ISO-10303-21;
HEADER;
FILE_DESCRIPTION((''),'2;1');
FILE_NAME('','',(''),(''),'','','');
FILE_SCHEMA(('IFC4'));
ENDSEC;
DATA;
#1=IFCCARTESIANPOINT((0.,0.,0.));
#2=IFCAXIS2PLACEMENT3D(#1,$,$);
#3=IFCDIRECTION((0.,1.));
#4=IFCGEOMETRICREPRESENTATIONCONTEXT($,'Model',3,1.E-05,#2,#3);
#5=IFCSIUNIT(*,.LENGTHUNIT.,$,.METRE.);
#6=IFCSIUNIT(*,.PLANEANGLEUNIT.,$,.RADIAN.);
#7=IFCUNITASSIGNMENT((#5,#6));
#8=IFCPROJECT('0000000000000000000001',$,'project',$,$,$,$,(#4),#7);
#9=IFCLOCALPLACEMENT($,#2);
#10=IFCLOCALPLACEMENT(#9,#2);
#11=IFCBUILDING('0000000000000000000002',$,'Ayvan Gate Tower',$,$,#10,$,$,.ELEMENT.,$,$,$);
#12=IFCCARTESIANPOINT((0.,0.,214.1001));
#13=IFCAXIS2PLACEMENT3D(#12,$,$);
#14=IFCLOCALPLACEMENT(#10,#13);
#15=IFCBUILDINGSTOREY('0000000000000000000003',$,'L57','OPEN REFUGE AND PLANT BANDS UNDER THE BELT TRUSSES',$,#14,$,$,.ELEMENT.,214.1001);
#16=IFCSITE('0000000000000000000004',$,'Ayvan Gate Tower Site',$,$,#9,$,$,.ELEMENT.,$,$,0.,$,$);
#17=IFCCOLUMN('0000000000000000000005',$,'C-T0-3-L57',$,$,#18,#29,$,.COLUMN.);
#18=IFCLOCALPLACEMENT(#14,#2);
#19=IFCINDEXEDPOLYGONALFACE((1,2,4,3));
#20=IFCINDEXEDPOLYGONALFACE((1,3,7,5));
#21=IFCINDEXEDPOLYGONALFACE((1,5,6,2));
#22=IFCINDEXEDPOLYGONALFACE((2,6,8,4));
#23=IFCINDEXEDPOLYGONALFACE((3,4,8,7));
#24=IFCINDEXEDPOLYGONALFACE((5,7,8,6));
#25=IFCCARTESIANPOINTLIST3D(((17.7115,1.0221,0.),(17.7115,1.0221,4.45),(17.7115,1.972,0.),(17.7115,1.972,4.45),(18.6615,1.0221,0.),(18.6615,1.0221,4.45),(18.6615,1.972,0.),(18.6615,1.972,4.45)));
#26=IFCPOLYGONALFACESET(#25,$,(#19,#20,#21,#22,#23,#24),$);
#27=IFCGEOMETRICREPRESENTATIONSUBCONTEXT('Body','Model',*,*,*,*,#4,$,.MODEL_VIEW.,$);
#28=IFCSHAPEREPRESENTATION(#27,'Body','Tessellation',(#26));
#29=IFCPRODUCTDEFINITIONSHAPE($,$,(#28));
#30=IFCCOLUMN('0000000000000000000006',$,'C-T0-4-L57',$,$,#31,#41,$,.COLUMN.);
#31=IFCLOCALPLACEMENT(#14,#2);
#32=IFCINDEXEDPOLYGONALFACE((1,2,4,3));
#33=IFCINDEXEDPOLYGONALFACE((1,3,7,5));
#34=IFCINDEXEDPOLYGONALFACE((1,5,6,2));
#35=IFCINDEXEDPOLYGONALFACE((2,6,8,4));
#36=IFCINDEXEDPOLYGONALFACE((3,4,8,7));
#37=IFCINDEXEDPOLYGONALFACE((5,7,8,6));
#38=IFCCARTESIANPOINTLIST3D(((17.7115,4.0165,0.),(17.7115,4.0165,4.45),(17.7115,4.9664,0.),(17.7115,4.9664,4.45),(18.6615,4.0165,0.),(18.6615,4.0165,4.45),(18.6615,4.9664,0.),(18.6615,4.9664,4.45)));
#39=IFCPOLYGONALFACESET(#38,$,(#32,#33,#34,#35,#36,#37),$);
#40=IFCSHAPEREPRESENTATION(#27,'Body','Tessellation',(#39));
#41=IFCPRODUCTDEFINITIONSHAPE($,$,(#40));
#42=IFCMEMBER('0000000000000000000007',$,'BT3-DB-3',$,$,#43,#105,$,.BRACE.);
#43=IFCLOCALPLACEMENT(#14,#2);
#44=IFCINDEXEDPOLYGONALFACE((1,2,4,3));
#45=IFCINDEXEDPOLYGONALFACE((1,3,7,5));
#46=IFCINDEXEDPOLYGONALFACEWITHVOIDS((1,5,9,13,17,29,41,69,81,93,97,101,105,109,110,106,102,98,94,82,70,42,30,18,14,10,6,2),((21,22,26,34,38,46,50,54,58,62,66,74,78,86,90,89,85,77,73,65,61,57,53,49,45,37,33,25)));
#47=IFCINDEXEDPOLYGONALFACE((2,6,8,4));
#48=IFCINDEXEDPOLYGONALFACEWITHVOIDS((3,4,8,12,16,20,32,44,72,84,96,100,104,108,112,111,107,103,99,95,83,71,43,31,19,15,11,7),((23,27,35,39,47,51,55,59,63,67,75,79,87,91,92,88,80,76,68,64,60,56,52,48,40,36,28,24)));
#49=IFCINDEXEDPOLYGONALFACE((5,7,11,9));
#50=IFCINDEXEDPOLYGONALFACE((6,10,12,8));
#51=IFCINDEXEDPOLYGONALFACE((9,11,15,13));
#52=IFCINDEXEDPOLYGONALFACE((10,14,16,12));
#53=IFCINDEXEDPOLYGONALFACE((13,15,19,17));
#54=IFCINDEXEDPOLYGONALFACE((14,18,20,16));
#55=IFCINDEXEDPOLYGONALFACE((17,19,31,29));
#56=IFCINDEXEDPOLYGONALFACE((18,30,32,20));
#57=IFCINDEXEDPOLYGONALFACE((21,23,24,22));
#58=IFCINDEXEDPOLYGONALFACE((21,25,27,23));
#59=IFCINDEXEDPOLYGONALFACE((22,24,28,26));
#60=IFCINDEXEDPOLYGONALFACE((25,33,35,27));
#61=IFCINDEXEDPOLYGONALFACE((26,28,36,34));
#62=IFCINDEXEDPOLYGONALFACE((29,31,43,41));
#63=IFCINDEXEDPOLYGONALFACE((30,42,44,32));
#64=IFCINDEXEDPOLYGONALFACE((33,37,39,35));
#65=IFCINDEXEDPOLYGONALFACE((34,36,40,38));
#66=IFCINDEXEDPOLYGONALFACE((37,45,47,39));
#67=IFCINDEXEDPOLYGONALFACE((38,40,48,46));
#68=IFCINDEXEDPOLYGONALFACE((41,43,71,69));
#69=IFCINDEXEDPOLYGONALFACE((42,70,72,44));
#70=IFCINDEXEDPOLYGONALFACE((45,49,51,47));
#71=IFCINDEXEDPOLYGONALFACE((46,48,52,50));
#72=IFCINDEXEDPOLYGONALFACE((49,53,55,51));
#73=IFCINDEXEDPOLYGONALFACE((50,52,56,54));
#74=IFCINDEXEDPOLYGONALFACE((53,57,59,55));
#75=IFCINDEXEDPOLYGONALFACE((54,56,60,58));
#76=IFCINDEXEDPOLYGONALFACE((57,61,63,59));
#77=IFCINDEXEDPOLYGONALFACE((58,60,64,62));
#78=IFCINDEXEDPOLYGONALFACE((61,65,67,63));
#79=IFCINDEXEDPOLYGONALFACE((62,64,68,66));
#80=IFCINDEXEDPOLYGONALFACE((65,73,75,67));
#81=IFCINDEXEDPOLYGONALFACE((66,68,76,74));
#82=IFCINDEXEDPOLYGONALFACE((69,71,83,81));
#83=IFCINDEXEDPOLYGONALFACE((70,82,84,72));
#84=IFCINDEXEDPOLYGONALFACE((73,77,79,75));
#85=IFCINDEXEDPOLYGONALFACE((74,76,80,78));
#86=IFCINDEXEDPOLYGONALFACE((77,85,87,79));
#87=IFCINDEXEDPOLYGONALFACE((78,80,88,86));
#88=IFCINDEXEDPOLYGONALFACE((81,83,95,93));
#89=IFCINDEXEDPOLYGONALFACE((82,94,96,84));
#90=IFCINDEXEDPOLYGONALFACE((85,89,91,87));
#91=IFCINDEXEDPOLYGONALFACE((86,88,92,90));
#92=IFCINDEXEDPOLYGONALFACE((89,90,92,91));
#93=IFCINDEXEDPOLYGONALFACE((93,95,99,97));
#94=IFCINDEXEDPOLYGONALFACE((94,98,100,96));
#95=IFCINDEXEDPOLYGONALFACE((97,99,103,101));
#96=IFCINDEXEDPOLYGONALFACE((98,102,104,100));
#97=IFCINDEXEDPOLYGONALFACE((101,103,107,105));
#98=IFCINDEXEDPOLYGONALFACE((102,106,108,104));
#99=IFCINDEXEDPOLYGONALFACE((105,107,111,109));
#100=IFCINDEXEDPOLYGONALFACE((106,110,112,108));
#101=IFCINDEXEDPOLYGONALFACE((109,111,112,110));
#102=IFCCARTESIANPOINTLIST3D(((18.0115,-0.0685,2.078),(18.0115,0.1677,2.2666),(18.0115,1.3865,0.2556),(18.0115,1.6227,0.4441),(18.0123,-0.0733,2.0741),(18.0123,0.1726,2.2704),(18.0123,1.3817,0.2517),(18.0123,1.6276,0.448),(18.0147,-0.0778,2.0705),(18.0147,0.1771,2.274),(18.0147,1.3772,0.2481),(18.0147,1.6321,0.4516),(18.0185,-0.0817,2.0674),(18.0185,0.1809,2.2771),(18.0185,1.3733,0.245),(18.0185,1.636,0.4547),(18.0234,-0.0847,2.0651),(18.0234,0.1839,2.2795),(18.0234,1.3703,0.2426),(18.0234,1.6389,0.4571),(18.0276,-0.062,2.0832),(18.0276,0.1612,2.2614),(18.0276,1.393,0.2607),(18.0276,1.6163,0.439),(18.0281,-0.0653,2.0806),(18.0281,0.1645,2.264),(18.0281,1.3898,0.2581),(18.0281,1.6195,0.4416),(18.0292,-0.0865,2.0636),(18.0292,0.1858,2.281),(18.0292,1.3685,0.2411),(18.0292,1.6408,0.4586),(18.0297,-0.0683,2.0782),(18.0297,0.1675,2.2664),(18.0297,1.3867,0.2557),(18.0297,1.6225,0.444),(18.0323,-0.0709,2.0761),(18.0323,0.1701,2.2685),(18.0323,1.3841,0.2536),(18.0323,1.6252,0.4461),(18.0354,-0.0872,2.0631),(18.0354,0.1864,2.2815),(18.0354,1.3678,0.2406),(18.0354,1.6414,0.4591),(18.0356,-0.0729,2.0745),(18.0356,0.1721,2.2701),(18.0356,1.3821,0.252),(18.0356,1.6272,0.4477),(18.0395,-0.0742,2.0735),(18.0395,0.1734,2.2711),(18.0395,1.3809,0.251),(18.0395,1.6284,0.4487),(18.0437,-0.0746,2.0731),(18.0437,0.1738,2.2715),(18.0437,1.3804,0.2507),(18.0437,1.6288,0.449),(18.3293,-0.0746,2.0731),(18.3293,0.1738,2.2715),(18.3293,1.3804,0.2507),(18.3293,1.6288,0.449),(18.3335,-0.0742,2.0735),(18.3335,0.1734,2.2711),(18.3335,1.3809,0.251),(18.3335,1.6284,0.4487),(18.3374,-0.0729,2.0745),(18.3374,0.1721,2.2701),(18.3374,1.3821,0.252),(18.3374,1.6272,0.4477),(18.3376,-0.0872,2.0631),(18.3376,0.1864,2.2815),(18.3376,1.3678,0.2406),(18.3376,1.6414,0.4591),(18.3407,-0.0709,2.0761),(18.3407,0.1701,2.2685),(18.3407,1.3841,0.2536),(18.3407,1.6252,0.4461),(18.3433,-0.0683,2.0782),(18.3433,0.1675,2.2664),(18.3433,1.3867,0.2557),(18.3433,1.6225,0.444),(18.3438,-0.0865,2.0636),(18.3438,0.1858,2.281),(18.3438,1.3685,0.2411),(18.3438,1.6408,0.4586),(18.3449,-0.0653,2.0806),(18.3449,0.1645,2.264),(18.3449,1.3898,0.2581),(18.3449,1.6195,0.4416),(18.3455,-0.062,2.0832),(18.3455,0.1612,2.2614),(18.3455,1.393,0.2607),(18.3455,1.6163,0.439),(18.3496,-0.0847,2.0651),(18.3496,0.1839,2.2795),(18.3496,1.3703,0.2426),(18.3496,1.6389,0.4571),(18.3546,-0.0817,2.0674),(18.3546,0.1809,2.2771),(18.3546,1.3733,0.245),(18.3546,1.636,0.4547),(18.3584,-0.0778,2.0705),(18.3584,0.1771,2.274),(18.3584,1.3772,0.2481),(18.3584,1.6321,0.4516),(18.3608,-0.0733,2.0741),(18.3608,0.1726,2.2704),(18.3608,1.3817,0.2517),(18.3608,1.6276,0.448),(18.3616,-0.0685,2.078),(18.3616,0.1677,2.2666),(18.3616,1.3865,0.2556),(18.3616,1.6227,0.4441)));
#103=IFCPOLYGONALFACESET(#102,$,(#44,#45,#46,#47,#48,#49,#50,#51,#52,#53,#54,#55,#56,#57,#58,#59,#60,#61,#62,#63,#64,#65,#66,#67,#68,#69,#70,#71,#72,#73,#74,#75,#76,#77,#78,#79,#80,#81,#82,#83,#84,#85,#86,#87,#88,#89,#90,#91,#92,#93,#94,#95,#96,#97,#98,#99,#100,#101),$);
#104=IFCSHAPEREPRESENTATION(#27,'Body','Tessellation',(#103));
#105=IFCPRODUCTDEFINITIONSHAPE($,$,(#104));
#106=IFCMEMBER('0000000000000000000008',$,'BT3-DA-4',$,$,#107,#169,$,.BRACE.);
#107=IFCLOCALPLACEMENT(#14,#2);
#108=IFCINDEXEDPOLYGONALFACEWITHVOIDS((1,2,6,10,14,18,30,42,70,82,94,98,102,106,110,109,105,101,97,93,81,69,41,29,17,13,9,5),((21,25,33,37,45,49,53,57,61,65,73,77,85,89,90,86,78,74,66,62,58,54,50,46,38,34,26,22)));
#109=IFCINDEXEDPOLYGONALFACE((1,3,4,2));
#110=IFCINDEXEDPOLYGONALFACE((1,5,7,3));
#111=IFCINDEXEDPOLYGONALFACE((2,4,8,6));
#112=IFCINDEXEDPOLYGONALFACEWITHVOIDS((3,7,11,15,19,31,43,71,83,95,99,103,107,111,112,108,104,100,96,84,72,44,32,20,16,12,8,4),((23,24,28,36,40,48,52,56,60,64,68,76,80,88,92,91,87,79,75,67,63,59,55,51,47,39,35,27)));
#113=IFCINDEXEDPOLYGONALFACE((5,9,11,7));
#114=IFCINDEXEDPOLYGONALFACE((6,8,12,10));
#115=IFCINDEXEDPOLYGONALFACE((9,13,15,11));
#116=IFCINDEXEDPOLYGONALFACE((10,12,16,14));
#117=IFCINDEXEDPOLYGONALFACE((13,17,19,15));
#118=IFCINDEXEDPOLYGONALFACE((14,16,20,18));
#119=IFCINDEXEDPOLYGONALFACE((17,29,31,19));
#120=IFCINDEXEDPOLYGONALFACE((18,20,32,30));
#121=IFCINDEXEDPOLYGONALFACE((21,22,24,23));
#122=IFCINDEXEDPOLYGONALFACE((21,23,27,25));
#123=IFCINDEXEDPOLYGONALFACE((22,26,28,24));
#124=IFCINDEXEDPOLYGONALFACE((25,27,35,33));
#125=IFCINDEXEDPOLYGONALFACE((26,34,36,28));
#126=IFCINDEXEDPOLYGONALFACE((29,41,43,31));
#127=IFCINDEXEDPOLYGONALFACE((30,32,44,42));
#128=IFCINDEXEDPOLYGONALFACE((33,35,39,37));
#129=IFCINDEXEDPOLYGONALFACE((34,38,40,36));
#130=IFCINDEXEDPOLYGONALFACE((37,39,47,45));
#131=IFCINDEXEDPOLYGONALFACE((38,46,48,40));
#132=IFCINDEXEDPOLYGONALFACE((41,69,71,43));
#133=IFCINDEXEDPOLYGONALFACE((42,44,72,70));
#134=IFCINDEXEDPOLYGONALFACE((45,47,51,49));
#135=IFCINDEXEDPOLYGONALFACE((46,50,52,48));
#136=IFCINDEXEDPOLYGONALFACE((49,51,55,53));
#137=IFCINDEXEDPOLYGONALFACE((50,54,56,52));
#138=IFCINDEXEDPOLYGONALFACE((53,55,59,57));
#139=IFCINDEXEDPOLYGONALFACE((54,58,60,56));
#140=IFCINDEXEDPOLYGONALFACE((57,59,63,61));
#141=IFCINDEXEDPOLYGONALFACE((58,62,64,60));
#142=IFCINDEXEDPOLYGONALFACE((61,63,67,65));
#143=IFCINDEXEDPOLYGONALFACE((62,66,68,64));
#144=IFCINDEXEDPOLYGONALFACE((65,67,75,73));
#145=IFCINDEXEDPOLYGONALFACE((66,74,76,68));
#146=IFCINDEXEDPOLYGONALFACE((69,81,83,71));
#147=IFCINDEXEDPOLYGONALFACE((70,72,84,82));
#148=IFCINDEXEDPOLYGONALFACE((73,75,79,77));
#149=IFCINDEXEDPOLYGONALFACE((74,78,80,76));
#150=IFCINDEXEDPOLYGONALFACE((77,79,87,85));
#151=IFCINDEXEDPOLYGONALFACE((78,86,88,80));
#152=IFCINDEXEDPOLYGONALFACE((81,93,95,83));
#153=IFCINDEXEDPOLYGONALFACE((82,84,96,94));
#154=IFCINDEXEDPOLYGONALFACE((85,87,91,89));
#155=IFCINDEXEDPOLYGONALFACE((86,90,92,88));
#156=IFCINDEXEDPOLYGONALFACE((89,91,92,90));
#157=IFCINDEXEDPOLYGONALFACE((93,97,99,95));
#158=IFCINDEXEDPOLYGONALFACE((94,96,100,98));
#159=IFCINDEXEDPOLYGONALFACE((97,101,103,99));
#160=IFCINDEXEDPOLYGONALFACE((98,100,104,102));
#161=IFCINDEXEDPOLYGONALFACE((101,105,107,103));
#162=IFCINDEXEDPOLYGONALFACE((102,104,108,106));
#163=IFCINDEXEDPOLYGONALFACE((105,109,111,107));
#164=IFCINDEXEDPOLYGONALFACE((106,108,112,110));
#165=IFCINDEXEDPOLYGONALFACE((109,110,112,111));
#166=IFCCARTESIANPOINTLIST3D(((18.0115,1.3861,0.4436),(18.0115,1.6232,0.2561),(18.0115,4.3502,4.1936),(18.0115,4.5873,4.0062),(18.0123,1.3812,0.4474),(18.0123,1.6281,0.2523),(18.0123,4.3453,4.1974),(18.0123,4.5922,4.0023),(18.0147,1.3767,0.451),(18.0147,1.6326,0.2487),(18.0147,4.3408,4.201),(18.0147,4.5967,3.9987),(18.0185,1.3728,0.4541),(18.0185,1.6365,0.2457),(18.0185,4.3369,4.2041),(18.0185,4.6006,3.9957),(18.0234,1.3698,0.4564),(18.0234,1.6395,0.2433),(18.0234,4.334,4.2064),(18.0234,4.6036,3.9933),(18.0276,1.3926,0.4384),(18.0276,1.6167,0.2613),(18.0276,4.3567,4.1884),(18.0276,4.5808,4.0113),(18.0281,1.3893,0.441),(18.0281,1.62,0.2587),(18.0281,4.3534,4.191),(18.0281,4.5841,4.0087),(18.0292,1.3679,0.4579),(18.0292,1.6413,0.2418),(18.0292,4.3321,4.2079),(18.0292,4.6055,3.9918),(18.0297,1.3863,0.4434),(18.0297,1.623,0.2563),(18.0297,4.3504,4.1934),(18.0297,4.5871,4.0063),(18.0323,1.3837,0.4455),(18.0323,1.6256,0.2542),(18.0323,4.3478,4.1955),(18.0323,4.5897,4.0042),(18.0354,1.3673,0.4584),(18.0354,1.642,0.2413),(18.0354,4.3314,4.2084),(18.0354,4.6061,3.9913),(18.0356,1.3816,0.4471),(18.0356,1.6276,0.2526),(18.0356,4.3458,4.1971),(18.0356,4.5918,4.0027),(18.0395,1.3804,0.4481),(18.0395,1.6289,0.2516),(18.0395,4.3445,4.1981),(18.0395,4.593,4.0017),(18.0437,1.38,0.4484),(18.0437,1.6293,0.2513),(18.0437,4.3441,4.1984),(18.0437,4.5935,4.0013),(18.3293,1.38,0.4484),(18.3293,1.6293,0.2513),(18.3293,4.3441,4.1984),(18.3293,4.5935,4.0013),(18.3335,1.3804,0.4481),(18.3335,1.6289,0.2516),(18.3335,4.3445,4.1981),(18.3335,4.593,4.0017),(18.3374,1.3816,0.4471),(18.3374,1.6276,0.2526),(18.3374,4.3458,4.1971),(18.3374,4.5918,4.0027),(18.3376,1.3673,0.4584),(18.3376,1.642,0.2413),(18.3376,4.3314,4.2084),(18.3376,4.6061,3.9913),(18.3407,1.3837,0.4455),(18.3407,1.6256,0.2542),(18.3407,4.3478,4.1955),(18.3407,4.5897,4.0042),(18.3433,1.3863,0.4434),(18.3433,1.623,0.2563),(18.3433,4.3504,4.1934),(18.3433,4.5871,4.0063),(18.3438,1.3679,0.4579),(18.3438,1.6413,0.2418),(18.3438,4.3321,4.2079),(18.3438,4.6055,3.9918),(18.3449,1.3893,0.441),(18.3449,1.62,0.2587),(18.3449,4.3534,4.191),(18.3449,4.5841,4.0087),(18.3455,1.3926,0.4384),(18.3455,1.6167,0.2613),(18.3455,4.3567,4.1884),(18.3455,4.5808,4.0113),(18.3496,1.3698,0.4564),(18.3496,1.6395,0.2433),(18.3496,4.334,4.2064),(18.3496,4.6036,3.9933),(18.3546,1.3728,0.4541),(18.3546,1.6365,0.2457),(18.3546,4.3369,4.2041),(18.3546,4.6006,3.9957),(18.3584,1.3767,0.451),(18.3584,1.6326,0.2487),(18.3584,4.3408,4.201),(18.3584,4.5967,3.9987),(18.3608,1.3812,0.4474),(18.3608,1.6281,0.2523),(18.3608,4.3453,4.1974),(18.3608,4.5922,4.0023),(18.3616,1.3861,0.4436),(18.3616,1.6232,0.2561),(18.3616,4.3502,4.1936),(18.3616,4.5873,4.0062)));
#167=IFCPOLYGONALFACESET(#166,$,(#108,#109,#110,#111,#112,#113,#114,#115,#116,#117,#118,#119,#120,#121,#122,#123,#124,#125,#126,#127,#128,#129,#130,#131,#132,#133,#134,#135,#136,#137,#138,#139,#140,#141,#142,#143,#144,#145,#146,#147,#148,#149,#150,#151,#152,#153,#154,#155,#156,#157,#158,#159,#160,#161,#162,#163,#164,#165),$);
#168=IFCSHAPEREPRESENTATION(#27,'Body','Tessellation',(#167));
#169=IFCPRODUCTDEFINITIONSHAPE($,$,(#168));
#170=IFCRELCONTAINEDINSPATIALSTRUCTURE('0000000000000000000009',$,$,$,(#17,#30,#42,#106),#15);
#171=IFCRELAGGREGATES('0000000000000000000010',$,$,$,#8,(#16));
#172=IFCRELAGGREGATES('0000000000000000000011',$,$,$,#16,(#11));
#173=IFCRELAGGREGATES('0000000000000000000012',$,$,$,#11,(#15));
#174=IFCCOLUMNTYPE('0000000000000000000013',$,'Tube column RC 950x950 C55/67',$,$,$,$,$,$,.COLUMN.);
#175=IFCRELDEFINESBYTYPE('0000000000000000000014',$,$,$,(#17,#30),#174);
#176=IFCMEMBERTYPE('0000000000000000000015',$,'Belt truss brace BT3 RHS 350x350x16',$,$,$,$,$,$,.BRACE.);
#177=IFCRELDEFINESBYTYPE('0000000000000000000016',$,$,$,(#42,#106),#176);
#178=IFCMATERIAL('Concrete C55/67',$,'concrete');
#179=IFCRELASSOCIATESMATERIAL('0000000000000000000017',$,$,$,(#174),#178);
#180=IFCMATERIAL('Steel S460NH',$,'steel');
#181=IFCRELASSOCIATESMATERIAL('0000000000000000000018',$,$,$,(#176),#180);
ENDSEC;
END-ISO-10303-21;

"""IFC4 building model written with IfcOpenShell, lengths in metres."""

from ifc_helpers import new_model, si_unit, direction, frame, origin, origin_2d, place, context, subcontext, project, spatial, rectangle, hollow_rectangle, extrude, material, material_profile, profile_set, type_object, element, save


model = new_model("IFC4")

# Units and contexts
model_context = context("Model", 3, precision=1e-05, world=origin(), true_north=direction((0.0, 1.0)))
body_context = subcontext(model_context, "Body", "Model", "MODEL_VIEW")
ifc_project = project(units=[si_unit("LENGTHUNIT", "METRE"), si_unit("PLANEANGLEUNIT", "RADIAN")], contexts=[model_context])

# Site, building, storey
site_placement = place(None, origin())
site = spatial("IfcSite", under=ifc_project, at=site_placement, Name="Ayvan Gate Tower Site", CompositionType="ELEMENT", RefElevation=0.0)
building_placement = place(site_placement, origin())
building = spatial("IfcBuilding", under=site, at=building_placement, Name="Ayvan Gate Tower", CompositionType="ELEMENT")
storey_placement = place(building_placement, frame((0.0, 0.0, 214.1001)))
storey = spatial("IfcBuildingStorey", under=building, at=storey_placement, Name="L57", Description="OPEN REFUGE AND PLANT BANDS UNDER THE BELT TRUSSES", CompositionType="ELEMENT", Elevation=214.1001)

# Columns
ifc_material_1 = material(Name="Concrete C55/67", Category="concrete")
ifc_material_profile_1 = material_profile(ifc_material_1, rectangle(XDim=0.95, YDim=0.95, at=origin_2d()), Name="RC 950x950")
ifc_profile_set_1 = profile_set([ifc_material_profile_1], Name="Concrete C55/67")
column_type = type_object("IfcColumnType", Name="Tube column RC 950x950 C55/67", PredefinedType="COLUMN", material=ifc_profile_set_1)
for number, where, z_axis, x_axis, name in (
    (1, (18.1865, 1.4971, 0.0), (0.0, 0.0, 1.0), (1.0, 0.0, 0.0), "C-T0-3-L57"),
    (2, (18.1865, 4.4915, 0.0), (0.0, 0.0, 1.0), (1.0, 0.0, 0.0), "C-T0-4-L57"),
):
    element("IfcColumn", number, at=place(storey_placement, frame(where, z_axis=z_axis, x_axis=x_axis)), inside=storey, type_object=column_type, Name=name, PredefinedType="COLUMN", context=body_context, shape_type="SweptSolid", body=[
        extrude(rectangle(XDim=0.95, YDim=0.95, at=origin_2d()), origin(), (0.0, 0.0, 1.0), 4.45),
    ])

# Members
ifc_material_2 = material(Name="Steel S460NH", Category="steel")
ifc_material_profile_2 = material_profile(ifc_material_2, hollow_rectangle(XDim=0.3501, YDim=0.3501, WallThickness=0.0161, InnerFilletRadius=0.0161, OuterFilletRadius=0.0239, at=origin_2d()), Name="RHS 350x350x16")
ifc_profile_set_2 = profile_set([ifc_material_profile_2], Name="Steel S460NH")
member_type_1 = type_object("IfcMemberType", Name="Belt truss brace BT3 RHS 350x350x16", PredefinedType="BRACE", material=ifc_profile_set_2)
member_1_placement = place(storey_placement, frame((18.1865, 1.5046, 0.3499), z_axis=(0.0, -0.623929, 0.781481), x_axis=(1.0, 0.0, 0.0)))
element("IfcMember", 3, at=member_1_placement, inside=storey, type_object=member_type_1, Name="BT3-DB-3", PredefinedType="BRACE", context=body_context, shape_type="SweptSolid", body=[
    extrude(hollow_rectangle(XDim=0.3501, YDim=0.3501, WallThickness=0.0161, InnerFilletRadius=0.0161, OuterFilletRadius=0.0239, at=origin_2d()), origin(), (0.0, 0.0, 1.0), 2.332),
])
member_2_placement = place(storey_placement, frame((18.1865, 1.5046, 0.3499), z_axis=(0.0, 0.620106, 0.784518), x_axis=(-1.0, 0.0, 0.0)))
element("IfcMember", 4, at=member_2_placement, inside=storey, type_object=member_type_1, Name="BT3-DA-4", PredefinedType="BRACE", context=body_context, shape_type="SweptSolid", body=[
    extrude(hollow_rectangle(XDim=0.3501, YDim=0.3501, WallThickness=0.0161, InnerFilletRadius=0.0161, OuterFilletRadius=0.0239, at=origin_2d()), origin(), (0.0, 0.0, 1.0), 4.78),
])

save(model, "model.ifc")
